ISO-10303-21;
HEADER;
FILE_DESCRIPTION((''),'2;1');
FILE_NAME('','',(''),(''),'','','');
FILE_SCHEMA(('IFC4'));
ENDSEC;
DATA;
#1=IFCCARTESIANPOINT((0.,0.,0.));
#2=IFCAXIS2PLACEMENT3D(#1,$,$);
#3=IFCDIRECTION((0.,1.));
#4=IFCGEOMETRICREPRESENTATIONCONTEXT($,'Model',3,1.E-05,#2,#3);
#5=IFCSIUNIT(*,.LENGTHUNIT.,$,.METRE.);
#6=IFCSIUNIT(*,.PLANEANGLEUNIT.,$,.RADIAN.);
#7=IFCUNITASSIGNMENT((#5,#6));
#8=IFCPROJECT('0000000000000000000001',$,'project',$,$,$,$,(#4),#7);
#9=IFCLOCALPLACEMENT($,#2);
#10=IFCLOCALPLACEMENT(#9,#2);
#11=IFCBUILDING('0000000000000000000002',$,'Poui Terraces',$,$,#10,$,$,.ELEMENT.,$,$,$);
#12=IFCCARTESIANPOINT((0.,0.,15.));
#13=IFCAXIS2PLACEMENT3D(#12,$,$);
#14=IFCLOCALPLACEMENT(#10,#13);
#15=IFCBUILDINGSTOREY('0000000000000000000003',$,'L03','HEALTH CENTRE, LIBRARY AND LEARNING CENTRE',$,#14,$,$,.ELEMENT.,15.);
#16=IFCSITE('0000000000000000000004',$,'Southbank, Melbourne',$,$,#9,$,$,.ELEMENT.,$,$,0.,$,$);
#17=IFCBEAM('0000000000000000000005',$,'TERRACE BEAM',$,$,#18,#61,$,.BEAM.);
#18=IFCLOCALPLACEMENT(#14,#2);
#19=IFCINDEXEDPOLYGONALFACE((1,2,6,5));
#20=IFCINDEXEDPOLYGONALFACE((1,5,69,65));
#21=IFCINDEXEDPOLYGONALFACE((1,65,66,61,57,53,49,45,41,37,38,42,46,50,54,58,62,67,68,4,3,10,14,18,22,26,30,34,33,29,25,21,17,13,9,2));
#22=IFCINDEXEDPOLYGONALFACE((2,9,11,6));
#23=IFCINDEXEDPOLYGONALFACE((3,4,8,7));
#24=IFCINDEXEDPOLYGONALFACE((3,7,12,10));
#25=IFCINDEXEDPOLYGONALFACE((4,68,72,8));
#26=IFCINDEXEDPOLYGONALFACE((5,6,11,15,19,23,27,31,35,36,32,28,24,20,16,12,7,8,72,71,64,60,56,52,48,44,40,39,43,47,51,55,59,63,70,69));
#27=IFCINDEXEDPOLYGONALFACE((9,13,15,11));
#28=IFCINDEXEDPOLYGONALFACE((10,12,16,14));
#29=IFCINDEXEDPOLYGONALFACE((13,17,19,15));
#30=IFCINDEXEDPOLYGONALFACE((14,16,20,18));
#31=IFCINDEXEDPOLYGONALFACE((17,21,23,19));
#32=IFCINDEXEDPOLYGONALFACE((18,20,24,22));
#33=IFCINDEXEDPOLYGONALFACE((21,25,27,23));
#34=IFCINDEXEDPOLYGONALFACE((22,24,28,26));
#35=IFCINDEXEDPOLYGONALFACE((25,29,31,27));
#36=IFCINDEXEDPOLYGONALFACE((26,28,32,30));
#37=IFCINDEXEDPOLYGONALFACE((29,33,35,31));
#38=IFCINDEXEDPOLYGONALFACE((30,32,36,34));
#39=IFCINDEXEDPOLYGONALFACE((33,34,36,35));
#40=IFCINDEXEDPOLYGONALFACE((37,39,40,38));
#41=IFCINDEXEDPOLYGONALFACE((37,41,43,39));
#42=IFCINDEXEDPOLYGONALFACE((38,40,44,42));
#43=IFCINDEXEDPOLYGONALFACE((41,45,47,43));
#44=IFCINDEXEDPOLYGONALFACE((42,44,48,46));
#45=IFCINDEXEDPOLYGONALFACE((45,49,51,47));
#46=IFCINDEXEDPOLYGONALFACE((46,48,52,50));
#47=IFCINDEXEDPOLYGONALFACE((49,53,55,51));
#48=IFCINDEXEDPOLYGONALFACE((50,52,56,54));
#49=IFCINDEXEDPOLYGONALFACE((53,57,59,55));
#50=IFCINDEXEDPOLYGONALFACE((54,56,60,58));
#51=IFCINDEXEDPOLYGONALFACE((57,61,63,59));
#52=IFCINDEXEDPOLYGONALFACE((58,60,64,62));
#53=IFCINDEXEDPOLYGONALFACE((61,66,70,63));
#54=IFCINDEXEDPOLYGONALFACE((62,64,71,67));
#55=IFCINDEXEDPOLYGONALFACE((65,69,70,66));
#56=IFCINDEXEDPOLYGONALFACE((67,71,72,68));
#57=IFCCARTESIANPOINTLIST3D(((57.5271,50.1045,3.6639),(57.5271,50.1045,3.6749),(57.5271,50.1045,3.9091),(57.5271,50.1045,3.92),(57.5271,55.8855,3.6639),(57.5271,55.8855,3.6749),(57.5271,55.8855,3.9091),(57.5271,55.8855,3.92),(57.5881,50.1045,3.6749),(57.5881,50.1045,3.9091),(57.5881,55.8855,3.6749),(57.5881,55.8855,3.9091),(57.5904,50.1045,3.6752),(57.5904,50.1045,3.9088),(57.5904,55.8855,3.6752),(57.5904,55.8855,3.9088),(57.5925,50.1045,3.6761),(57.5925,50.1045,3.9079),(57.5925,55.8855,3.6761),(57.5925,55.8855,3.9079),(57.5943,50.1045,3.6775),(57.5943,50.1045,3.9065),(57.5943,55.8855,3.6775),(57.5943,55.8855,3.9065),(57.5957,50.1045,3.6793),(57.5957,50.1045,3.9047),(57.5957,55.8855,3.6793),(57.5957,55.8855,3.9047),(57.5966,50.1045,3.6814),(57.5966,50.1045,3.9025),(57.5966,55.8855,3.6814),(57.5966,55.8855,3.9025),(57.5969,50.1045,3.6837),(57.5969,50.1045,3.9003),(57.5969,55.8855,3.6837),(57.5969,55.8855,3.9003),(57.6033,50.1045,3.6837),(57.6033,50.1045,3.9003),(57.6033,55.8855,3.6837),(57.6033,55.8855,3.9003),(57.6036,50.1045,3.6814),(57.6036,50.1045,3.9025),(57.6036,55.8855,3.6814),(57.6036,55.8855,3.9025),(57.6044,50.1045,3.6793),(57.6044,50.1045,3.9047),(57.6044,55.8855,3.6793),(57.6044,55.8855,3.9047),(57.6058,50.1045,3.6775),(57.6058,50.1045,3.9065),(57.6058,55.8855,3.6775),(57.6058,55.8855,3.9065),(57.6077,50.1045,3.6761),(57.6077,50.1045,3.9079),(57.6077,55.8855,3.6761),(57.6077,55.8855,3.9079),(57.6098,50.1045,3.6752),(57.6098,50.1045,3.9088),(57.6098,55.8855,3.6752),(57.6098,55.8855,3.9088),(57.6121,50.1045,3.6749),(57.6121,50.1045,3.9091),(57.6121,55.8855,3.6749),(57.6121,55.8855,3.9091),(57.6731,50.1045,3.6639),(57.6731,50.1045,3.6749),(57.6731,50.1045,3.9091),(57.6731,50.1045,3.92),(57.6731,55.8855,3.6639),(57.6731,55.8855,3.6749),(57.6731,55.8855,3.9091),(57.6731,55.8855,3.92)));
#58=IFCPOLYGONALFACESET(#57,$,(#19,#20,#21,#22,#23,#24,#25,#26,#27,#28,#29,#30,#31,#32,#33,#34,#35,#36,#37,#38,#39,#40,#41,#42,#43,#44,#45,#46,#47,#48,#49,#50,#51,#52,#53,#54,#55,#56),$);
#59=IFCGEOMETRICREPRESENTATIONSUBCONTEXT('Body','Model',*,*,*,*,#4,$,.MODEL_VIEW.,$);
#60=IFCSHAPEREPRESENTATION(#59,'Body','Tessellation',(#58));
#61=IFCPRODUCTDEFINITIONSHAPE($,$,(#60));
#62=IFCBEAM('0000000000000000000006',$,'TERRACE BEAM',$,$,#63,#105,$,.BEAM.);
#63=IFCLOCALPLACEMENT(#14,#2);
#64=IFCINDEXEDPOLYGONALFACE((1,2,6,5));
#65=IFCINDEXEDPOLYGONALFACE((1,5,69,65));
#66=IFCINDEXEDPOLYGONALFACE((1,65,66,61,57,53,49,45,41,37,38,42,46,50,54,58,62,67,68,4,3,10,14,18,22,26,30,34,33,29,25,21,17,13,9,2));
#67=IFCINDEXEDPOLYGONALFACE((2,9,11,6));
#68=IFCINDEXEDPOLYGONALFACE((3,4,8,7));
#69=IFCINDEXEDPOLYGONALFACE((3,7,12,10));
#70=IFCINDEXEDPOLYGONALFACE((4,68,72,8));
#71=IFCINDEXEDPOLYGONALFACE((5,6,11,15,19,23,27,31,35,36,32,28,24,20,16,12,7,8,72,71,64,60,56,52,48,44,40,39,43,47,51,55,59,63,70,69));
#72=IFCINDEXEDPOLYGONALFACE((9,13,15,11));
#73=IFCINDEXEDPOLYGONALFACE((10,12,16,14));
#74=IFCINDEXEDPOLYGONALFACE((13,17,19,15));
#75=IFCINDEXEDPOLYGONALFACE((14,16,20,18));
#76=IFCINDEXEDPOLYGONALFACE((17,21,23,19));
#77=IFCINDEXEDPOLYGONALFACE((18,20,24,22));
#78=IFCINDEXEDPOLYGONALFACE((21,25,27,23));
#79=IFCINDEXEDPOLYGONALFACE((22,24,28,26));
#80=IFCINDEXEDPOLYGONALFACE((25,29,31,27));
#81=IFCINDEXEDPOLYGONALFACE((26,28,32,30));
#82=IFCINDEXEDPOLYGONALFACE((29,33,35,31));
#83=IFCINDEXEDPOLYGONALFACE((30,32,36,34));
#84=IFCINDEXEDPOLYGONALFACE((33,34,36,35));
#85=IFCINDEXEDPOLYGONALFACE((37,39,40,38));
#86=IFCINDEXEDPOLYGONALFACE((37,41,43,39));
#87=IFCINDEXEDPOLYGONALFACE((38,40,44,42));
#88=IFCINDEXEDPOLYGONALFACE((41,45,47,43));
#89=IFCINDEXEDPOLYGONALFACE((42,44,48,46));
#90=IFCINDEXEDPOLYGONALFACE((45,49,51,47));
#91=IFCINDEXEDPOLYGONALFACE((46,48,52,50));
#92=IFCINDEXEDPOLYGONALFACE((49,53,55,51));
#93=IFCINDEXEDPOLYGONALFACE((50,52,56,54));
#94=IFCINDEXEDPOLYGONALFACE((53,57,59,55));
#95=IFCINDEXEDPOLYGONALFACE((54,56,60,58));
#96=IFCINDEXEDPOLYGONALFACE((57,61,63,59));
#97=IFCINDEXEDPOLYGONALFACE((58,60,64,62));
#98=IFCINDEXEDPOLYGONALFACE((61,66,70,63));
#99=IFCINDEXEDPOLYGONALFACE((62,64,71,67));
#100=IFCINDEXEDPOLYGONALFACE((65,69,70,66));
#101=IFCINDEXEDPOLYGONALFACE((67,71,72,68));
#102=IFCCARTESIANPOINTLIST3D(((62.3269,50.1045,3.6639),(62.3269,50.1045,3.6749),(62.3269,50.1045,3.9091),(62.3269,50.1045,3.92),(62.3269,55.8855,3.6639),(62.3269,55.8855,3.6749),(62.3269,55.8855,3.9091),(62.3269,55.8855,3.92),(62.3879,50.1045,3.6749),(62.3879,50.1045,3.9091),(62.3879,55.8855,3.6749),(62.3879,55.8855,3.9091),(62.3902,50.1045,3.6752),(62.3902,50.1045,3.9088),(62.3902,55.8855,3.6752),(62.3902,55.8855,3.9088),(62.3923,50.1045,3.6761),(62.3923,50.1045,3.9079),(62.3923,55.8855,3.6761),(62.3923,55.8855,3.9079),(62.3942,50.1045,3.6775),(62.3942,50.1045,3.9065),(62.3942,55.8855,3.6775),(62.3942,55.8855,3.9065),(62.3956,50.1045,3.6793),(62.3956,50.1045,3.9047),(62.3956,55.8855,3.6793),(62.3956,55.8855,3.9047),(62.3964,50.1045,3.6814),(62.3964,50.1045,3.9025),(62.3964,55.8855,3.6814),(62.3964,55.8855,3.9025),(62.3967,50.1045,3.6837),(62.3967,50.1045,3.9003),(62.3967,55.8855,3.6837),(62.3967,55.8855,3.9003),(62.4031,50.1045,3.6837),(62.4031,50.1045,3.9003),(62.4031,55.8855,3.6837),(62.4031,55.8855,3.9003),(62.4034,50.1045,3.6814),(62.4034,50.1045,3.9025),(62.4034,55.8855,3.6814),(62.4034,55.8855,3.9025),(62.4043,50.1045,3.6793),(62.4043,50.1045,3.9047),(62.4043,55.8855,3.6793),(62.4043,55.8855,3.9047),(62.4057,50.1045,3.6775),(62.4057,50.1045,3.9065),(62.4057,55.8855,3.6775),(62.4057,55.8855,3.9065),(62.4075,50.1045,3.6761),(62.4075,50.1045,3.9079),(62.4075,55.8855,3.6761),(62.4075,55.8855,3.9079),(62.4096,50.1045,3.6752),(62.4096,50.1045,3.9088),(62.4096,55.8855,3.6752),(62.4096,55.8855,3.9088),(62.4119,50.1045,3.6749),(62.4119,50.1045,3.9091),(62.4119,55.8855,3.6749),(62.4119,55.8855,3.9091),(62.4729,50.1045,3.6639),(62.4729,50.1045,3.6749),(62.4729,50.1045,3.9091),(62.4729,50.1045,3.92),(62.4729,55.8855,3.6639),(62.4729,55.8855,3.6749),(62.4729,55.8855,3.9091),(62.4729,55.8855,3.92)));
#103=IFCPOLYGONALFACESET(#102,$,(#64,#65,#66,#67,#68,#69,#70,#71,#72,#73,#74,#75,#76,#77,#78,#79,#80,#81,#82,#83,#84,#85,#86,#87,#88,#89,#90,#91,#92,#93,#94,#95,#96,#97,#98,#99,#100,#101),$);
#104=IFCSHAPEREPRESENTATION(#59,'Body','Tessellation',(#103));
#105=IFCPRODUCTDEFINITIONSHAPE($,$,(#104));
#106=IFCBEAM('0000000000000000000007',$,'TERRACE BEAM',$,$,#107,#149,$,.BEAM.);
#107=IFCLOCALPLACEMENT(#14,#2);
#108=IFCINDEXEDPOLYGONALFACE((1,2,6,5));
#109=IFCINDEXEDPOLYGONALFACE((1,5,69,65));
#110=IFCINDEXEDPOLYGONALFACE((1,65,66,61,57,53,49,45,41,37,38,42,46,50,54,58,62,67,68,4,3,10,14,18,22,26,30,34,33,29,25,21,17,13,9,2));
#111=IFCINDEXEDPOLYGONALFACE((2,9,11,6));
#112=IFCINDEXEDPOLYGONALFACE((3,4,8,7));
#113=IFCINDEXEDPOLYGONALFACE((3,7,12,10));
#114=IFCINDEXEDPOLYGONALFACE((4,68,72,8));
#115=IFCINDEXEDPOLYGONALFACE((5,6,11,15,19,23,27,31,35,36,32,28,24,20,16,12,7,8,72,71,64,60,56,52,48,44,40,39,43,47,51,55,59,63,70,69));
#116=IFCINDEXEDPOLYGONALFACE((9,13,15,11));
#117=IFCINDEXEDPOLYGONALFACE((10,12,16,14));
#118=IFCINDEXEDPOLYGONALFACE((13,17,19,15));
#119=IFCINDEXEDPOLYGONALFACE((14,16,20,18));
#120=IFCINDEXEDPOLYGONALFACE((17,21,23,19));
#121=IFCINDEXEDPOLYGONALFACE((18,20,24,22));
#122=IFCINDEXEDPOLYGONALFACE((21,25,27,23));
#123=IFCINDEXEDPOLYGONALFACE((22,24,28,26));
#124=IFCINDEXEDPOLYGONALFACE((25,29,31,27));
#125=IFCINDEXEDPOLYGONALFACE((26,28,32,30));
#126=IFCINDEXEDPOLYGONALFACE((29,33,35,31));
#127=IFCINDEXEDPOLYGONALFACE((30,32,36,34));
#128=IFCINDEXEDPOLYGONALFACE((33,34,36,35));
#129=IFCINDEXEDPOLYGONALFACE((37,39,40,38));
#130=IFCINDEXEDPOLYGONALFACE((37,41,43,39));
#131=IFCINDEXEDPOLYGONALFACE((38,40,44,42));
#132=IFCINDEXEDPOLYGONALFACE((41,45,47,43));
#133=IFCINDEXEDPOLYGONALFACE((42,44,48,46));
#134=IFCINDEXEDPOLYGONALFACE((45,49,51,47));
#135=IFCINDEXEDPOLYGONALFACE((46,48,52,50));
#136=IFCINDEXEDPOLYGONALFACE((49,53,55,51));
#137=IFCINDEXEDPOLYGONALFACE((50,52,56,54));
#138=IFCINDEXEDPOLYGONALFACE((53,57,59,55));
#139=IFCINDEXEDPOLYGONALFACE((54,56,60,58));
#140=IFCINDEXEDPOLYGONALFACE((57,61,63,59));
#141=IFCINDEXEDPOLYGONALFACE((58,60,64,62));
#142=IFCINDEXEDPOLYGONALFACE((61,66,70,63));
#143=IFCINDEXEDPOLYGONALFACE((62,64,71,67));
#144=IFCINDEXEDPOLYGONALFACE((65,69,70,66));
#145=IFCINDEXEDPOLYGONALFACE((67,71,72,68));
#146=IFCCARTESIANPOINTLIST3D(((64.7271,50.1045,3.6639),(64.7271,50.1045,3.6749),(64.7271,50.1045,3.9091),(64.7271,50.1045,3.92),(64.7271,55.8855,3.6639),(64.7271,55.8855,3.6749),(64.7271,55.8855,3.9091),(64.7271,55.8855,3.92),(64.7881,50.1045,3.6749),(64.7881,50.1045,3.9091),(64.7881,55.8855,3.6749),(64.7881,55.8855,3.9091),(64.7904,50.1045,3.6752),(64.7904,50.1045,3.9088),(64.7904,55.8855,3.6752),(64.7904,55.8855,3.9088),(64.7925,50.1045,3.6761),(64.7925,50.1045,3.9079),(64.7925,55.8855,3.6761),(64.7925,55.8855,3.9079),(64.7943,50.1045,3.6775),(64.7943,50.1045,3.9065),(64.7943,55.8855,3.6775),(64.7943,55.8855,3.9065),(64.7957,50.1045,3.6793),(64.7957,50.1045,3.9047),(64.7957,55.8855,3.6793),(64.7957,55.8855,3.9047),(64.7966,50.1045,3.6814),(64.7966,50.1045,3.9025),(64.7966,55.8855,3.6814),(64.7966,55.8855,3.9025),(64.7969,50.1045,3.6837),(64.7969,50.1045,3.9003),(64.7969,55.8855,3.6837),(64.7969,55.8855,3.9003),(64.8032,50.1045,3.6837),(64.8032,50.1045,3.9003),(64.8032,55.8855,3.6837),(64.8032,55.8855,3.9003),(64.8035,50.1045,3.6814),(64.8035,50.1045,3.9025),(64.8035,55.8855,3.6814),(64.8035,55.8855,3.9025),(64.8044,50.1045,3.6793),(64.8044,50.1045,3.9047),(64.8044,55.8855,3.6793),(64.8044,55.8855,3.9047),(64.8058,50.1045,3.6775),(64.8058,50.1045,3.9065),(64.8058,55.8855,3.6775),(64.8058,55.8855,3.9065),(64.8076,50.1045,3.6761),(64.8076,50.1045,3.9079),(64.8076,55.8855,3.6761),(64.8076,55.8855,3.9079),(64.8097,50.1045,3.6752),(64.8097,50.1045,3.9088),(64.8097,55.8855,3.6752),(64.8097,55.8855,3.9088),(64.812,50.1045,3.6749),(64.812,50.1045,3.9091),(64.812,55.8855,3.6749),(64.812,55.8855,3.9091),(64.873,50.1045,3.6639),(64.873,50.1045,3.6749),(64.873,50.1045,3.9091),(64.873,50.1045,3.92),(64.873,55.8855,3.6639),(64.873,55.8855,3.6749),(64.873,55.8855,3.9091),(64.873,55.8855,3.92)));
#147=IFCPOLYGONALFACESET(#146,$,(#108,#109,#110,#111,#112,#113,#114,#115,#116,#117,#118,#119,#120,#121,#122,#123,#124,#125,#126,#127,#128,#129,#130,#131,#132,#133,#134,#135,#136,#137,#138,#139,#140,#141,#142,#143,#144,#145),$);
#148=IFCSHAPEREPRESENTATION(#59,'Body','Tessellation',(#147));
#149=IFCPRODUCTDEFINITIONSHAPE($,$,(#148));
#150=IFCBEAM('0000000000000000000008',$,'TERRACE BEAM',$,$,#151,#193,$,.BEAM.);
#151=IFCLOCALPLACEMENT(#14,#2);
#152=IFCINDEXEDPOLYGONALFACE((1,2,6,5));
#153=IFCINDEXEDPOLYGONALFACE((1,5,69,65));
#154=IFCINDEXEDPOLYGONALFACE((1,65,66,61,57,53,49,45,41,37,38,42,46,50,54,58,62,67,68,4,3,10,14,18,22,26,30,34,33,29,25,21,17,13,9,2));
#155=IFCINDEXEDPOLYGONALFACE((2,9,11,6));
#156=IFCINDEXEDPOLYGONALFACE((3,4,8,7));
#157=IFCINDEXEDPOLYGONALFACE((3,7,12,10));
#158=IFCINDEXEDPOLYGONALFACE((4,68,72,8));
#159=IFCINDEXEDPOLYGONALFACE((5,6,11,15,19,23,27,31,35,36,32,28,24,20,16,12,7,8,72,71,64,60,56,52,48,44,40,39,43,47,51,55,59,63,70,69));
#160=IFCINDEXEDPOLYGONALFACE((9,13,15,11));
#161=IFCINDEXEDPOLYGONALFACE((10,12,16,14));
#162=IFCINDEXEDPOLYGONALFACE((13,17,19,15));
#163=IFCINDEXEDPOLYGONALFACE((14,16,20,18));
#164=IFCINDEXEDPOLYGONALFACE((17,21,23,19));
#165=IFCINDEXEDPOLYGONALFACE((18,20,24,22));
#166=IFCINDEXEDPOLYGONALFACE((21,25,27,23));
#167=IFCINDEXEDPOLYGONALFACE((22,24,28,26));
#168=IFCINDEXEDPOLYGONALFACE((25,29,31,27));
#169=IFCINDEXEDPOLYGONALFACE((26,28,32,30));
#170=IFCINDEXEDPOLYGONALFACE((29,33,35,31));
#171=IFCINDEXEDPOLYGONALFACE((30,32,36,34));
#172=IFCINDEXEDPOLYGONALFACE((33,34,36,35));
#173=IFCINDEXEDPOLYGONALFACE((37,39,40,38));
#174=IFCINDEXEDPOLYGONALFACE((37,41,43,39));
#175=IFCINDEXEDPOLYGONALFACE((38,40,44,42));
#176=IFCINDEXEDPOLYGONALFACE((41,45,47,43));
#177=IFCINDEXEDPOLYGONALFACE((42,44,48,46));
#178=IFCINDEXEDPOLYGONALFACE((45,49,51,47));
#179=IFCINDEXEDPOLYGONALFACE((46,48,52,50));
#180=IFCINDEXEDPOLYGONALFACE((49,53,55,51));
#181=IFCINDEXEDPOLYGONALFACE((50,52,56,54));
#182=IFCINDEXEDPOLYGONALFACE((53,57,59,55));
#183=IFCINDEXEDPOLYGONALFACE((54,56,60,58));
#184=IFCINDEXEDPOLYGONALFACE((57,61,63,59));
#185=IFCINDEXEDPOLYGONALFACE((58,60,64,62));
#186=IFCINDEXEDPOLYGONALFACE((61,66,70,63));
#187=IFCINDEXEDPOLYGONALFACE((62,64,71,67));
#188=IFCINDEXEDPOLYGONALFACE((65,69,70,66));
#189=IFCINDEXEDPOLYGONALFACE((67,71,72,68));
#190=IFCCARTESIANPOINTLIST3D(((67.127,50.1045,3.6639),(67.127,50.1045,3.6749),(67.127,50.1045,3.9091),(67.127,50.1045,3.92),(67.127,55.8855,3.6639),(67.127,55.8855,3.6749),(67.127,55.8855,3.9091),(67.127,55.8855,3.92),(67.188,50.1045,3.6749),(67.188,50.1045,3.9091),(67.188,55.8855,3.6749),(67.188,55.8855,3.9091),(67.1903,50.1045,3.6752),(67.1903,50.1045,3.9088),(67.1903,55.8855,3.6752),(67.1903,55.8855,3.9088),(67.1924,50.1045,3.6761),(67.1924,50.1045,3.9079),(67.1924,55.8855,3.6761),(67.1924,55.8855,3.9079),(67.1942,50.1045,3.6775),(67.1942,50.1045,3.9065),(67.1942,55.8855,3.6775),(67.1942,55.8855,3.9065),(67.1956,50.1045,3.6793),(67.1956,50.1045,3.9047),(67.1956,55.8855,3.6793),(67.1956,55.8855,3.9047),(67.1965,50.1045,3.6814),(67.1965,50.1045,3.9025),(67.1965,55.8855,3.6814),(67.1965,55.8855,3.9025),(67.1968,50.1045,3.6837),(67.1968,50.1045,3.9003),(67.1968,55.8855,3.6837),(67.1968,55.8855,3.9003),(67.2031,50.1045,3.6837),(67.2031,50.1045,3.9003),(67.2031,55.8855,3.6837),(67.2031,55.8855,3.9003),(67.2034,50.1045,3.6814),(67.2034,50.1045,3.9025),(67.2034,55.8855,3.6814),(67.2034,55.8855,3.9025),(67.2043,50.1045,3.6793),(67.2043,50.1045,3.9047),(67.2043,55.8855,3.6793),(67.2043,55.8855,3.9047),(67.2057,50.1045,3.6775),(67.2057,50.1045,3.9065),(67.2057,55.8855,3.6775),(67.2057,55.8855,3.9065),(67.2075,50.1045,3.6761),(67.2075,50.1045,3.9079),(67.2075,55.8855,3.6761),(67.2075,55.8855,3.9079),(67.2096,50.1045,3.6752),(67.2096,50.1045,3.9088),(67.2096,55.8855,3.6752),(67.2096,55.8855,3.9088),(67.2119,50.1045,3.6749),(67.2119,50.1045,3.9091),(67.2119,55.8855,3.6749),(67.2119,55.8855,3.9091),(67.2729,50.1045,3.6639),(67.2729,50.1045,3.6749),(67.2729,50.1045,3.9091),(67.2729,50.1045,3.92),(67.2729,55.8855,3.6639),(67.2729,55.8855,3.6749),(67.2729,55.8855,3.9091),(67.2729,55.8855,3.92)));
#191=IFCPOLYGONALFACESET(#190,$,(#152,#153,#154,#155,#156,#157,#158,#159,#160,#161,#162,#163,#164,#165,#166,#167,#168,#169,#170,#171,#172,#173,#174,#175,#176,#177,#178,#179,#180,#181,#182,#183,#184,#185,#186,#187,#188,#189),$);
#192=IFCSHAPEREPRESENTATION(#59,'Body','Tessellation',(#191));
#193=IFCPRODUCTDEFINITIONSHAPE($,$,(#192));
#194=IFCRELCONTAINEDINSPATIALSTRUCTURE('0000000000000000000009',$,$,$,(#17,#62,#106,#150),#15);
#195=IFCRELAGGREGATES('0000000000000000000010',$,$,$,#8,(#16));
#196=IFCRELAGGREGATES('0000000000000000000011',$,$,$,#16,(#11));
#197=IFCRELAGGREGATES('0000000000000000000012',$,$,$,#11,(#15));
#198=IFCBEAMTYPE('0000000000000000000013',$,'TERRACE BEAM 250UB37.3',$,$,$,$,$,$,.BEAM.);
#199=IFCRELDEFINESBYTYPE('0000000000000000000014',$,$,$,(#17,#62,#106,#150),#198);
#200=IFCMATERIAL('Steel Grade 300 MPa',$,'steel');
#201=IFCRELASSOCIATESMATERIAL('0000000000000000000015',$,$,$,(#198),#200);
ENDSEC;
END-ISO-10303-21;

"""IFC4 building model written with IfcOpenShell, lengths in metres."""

from ifc_helpers import new_model, si_unit, direction, frame, origin, origin_2d, place, context, subcontext, project, spatial, i_section, extrude, source, transform, mapped, material, material_profile, profile_set, type_object, element, save


model = new_model("IFC4")

# Units and contexts
model_context = context("Model", 3, precision=1e-05, world=origin(), true_north=direction((0.0, 1.0)))
body_context = subcontext(model_context, "Body", "Model", "MODEL_VIEW")
ifc_project = project(units=[si_unit("LENGTHUNIT", "METRE"), si_unit("PLANEANGLEUNIT", "RADIAN")], contexts=[model_context])

# Site, building, storey
site_placement = place(None, origin())
site = spatial("IfcSite", under=ifc_project, at=site_placement, Name="Southbank, Melbourne", CompositionType="ELEMENT", RefElevation=0.0)
building_placement = place(site_placement, origin())
building = spatial("IfcBuilding", under=site, at=building_placement, Name="Poui Terraces", CompositionType="ELEMENT")
storey_placement = place(building_placement, frame((0.0, 0.0, 15.0)))
storey = spatial("IfcBuildingStorey", under=building, at=storey_placement, Name="L03", Description="HEALTH CENTRE, LIBRARY AND LEARNING CENTRE", CompositionType="ELEMENT", Elevation=15.0)

# Beams
ifc_material_1 = material(Name="Steel Grade 300 MPa", Category="steel")
ifc_material_profile_1 = material_profile(ifc_material_1, i_section(OverallWidth=0.146, OverallDepth=0.2561, WebThickness=0.0063, FlangeThickness=0.011, FilletRadius=0.0088, at=origin_2d()), Name="250UB37.3")
ifc_profile_set_1 = profile_set([ifc_material_profile_1], Name="Steel Grade 300 MPa")
beam_type_1 = type_object("IfcBeamType", Name="TERRACE BEAM 250UB37.3", PredefinedType="BEAM", material=ifc_profile_set_1)
shared_shape_1 = source(origin(), body_context, "Body", "SweptSolid", [
    extrude(i_section(OverallWidth=0.146, OverallDepth=0.2561, WebThickness=0.0063, FlangeThickness=0.011, FilletRadius=0.0088, at=origin_2d()), origin(), (0.0, 0.0, 1.0), 5.781),
])
for number, where, z_axis, x_axis, name in (
    (1, (57.6001, 50.1045, 3.792), (0.0, 1.0, 0.0), (-1.0, 0.0, 0.0), "TERRACE BEAM"),
    (2, (62.3999, 50.1045, 3.792), (0.0, 1.0, 0.0), (-1.0, 0.0, 0.0), "TERRACE BEAM"),
    (3, (64.8, 50.1045, 3.792), (0.0, 1.0, 0.0), (-1.0, 0.0, 0.0), "TERRACE BEAM"),
    (4, (67.2, 50.1045, 3.792), (0.0, 1.0, 0.0), (-1.0, 0.0, 0.0), "TERRACE BEAM"),
):
    element("IfcBeam", number, at=place(storey_placement, frame(where, z_axis=z_axis, x_axis=x_axis)), inside=storey, type_object=beam_type_1, Name=name, PredefinedType="BEAM", context=body_context, shape_type="MappedRepresentation", body=[
        mapped(shared_shape_1, transform((0.0, 0.0, 0.0))),
    ])

save(model, "model.ifc")
